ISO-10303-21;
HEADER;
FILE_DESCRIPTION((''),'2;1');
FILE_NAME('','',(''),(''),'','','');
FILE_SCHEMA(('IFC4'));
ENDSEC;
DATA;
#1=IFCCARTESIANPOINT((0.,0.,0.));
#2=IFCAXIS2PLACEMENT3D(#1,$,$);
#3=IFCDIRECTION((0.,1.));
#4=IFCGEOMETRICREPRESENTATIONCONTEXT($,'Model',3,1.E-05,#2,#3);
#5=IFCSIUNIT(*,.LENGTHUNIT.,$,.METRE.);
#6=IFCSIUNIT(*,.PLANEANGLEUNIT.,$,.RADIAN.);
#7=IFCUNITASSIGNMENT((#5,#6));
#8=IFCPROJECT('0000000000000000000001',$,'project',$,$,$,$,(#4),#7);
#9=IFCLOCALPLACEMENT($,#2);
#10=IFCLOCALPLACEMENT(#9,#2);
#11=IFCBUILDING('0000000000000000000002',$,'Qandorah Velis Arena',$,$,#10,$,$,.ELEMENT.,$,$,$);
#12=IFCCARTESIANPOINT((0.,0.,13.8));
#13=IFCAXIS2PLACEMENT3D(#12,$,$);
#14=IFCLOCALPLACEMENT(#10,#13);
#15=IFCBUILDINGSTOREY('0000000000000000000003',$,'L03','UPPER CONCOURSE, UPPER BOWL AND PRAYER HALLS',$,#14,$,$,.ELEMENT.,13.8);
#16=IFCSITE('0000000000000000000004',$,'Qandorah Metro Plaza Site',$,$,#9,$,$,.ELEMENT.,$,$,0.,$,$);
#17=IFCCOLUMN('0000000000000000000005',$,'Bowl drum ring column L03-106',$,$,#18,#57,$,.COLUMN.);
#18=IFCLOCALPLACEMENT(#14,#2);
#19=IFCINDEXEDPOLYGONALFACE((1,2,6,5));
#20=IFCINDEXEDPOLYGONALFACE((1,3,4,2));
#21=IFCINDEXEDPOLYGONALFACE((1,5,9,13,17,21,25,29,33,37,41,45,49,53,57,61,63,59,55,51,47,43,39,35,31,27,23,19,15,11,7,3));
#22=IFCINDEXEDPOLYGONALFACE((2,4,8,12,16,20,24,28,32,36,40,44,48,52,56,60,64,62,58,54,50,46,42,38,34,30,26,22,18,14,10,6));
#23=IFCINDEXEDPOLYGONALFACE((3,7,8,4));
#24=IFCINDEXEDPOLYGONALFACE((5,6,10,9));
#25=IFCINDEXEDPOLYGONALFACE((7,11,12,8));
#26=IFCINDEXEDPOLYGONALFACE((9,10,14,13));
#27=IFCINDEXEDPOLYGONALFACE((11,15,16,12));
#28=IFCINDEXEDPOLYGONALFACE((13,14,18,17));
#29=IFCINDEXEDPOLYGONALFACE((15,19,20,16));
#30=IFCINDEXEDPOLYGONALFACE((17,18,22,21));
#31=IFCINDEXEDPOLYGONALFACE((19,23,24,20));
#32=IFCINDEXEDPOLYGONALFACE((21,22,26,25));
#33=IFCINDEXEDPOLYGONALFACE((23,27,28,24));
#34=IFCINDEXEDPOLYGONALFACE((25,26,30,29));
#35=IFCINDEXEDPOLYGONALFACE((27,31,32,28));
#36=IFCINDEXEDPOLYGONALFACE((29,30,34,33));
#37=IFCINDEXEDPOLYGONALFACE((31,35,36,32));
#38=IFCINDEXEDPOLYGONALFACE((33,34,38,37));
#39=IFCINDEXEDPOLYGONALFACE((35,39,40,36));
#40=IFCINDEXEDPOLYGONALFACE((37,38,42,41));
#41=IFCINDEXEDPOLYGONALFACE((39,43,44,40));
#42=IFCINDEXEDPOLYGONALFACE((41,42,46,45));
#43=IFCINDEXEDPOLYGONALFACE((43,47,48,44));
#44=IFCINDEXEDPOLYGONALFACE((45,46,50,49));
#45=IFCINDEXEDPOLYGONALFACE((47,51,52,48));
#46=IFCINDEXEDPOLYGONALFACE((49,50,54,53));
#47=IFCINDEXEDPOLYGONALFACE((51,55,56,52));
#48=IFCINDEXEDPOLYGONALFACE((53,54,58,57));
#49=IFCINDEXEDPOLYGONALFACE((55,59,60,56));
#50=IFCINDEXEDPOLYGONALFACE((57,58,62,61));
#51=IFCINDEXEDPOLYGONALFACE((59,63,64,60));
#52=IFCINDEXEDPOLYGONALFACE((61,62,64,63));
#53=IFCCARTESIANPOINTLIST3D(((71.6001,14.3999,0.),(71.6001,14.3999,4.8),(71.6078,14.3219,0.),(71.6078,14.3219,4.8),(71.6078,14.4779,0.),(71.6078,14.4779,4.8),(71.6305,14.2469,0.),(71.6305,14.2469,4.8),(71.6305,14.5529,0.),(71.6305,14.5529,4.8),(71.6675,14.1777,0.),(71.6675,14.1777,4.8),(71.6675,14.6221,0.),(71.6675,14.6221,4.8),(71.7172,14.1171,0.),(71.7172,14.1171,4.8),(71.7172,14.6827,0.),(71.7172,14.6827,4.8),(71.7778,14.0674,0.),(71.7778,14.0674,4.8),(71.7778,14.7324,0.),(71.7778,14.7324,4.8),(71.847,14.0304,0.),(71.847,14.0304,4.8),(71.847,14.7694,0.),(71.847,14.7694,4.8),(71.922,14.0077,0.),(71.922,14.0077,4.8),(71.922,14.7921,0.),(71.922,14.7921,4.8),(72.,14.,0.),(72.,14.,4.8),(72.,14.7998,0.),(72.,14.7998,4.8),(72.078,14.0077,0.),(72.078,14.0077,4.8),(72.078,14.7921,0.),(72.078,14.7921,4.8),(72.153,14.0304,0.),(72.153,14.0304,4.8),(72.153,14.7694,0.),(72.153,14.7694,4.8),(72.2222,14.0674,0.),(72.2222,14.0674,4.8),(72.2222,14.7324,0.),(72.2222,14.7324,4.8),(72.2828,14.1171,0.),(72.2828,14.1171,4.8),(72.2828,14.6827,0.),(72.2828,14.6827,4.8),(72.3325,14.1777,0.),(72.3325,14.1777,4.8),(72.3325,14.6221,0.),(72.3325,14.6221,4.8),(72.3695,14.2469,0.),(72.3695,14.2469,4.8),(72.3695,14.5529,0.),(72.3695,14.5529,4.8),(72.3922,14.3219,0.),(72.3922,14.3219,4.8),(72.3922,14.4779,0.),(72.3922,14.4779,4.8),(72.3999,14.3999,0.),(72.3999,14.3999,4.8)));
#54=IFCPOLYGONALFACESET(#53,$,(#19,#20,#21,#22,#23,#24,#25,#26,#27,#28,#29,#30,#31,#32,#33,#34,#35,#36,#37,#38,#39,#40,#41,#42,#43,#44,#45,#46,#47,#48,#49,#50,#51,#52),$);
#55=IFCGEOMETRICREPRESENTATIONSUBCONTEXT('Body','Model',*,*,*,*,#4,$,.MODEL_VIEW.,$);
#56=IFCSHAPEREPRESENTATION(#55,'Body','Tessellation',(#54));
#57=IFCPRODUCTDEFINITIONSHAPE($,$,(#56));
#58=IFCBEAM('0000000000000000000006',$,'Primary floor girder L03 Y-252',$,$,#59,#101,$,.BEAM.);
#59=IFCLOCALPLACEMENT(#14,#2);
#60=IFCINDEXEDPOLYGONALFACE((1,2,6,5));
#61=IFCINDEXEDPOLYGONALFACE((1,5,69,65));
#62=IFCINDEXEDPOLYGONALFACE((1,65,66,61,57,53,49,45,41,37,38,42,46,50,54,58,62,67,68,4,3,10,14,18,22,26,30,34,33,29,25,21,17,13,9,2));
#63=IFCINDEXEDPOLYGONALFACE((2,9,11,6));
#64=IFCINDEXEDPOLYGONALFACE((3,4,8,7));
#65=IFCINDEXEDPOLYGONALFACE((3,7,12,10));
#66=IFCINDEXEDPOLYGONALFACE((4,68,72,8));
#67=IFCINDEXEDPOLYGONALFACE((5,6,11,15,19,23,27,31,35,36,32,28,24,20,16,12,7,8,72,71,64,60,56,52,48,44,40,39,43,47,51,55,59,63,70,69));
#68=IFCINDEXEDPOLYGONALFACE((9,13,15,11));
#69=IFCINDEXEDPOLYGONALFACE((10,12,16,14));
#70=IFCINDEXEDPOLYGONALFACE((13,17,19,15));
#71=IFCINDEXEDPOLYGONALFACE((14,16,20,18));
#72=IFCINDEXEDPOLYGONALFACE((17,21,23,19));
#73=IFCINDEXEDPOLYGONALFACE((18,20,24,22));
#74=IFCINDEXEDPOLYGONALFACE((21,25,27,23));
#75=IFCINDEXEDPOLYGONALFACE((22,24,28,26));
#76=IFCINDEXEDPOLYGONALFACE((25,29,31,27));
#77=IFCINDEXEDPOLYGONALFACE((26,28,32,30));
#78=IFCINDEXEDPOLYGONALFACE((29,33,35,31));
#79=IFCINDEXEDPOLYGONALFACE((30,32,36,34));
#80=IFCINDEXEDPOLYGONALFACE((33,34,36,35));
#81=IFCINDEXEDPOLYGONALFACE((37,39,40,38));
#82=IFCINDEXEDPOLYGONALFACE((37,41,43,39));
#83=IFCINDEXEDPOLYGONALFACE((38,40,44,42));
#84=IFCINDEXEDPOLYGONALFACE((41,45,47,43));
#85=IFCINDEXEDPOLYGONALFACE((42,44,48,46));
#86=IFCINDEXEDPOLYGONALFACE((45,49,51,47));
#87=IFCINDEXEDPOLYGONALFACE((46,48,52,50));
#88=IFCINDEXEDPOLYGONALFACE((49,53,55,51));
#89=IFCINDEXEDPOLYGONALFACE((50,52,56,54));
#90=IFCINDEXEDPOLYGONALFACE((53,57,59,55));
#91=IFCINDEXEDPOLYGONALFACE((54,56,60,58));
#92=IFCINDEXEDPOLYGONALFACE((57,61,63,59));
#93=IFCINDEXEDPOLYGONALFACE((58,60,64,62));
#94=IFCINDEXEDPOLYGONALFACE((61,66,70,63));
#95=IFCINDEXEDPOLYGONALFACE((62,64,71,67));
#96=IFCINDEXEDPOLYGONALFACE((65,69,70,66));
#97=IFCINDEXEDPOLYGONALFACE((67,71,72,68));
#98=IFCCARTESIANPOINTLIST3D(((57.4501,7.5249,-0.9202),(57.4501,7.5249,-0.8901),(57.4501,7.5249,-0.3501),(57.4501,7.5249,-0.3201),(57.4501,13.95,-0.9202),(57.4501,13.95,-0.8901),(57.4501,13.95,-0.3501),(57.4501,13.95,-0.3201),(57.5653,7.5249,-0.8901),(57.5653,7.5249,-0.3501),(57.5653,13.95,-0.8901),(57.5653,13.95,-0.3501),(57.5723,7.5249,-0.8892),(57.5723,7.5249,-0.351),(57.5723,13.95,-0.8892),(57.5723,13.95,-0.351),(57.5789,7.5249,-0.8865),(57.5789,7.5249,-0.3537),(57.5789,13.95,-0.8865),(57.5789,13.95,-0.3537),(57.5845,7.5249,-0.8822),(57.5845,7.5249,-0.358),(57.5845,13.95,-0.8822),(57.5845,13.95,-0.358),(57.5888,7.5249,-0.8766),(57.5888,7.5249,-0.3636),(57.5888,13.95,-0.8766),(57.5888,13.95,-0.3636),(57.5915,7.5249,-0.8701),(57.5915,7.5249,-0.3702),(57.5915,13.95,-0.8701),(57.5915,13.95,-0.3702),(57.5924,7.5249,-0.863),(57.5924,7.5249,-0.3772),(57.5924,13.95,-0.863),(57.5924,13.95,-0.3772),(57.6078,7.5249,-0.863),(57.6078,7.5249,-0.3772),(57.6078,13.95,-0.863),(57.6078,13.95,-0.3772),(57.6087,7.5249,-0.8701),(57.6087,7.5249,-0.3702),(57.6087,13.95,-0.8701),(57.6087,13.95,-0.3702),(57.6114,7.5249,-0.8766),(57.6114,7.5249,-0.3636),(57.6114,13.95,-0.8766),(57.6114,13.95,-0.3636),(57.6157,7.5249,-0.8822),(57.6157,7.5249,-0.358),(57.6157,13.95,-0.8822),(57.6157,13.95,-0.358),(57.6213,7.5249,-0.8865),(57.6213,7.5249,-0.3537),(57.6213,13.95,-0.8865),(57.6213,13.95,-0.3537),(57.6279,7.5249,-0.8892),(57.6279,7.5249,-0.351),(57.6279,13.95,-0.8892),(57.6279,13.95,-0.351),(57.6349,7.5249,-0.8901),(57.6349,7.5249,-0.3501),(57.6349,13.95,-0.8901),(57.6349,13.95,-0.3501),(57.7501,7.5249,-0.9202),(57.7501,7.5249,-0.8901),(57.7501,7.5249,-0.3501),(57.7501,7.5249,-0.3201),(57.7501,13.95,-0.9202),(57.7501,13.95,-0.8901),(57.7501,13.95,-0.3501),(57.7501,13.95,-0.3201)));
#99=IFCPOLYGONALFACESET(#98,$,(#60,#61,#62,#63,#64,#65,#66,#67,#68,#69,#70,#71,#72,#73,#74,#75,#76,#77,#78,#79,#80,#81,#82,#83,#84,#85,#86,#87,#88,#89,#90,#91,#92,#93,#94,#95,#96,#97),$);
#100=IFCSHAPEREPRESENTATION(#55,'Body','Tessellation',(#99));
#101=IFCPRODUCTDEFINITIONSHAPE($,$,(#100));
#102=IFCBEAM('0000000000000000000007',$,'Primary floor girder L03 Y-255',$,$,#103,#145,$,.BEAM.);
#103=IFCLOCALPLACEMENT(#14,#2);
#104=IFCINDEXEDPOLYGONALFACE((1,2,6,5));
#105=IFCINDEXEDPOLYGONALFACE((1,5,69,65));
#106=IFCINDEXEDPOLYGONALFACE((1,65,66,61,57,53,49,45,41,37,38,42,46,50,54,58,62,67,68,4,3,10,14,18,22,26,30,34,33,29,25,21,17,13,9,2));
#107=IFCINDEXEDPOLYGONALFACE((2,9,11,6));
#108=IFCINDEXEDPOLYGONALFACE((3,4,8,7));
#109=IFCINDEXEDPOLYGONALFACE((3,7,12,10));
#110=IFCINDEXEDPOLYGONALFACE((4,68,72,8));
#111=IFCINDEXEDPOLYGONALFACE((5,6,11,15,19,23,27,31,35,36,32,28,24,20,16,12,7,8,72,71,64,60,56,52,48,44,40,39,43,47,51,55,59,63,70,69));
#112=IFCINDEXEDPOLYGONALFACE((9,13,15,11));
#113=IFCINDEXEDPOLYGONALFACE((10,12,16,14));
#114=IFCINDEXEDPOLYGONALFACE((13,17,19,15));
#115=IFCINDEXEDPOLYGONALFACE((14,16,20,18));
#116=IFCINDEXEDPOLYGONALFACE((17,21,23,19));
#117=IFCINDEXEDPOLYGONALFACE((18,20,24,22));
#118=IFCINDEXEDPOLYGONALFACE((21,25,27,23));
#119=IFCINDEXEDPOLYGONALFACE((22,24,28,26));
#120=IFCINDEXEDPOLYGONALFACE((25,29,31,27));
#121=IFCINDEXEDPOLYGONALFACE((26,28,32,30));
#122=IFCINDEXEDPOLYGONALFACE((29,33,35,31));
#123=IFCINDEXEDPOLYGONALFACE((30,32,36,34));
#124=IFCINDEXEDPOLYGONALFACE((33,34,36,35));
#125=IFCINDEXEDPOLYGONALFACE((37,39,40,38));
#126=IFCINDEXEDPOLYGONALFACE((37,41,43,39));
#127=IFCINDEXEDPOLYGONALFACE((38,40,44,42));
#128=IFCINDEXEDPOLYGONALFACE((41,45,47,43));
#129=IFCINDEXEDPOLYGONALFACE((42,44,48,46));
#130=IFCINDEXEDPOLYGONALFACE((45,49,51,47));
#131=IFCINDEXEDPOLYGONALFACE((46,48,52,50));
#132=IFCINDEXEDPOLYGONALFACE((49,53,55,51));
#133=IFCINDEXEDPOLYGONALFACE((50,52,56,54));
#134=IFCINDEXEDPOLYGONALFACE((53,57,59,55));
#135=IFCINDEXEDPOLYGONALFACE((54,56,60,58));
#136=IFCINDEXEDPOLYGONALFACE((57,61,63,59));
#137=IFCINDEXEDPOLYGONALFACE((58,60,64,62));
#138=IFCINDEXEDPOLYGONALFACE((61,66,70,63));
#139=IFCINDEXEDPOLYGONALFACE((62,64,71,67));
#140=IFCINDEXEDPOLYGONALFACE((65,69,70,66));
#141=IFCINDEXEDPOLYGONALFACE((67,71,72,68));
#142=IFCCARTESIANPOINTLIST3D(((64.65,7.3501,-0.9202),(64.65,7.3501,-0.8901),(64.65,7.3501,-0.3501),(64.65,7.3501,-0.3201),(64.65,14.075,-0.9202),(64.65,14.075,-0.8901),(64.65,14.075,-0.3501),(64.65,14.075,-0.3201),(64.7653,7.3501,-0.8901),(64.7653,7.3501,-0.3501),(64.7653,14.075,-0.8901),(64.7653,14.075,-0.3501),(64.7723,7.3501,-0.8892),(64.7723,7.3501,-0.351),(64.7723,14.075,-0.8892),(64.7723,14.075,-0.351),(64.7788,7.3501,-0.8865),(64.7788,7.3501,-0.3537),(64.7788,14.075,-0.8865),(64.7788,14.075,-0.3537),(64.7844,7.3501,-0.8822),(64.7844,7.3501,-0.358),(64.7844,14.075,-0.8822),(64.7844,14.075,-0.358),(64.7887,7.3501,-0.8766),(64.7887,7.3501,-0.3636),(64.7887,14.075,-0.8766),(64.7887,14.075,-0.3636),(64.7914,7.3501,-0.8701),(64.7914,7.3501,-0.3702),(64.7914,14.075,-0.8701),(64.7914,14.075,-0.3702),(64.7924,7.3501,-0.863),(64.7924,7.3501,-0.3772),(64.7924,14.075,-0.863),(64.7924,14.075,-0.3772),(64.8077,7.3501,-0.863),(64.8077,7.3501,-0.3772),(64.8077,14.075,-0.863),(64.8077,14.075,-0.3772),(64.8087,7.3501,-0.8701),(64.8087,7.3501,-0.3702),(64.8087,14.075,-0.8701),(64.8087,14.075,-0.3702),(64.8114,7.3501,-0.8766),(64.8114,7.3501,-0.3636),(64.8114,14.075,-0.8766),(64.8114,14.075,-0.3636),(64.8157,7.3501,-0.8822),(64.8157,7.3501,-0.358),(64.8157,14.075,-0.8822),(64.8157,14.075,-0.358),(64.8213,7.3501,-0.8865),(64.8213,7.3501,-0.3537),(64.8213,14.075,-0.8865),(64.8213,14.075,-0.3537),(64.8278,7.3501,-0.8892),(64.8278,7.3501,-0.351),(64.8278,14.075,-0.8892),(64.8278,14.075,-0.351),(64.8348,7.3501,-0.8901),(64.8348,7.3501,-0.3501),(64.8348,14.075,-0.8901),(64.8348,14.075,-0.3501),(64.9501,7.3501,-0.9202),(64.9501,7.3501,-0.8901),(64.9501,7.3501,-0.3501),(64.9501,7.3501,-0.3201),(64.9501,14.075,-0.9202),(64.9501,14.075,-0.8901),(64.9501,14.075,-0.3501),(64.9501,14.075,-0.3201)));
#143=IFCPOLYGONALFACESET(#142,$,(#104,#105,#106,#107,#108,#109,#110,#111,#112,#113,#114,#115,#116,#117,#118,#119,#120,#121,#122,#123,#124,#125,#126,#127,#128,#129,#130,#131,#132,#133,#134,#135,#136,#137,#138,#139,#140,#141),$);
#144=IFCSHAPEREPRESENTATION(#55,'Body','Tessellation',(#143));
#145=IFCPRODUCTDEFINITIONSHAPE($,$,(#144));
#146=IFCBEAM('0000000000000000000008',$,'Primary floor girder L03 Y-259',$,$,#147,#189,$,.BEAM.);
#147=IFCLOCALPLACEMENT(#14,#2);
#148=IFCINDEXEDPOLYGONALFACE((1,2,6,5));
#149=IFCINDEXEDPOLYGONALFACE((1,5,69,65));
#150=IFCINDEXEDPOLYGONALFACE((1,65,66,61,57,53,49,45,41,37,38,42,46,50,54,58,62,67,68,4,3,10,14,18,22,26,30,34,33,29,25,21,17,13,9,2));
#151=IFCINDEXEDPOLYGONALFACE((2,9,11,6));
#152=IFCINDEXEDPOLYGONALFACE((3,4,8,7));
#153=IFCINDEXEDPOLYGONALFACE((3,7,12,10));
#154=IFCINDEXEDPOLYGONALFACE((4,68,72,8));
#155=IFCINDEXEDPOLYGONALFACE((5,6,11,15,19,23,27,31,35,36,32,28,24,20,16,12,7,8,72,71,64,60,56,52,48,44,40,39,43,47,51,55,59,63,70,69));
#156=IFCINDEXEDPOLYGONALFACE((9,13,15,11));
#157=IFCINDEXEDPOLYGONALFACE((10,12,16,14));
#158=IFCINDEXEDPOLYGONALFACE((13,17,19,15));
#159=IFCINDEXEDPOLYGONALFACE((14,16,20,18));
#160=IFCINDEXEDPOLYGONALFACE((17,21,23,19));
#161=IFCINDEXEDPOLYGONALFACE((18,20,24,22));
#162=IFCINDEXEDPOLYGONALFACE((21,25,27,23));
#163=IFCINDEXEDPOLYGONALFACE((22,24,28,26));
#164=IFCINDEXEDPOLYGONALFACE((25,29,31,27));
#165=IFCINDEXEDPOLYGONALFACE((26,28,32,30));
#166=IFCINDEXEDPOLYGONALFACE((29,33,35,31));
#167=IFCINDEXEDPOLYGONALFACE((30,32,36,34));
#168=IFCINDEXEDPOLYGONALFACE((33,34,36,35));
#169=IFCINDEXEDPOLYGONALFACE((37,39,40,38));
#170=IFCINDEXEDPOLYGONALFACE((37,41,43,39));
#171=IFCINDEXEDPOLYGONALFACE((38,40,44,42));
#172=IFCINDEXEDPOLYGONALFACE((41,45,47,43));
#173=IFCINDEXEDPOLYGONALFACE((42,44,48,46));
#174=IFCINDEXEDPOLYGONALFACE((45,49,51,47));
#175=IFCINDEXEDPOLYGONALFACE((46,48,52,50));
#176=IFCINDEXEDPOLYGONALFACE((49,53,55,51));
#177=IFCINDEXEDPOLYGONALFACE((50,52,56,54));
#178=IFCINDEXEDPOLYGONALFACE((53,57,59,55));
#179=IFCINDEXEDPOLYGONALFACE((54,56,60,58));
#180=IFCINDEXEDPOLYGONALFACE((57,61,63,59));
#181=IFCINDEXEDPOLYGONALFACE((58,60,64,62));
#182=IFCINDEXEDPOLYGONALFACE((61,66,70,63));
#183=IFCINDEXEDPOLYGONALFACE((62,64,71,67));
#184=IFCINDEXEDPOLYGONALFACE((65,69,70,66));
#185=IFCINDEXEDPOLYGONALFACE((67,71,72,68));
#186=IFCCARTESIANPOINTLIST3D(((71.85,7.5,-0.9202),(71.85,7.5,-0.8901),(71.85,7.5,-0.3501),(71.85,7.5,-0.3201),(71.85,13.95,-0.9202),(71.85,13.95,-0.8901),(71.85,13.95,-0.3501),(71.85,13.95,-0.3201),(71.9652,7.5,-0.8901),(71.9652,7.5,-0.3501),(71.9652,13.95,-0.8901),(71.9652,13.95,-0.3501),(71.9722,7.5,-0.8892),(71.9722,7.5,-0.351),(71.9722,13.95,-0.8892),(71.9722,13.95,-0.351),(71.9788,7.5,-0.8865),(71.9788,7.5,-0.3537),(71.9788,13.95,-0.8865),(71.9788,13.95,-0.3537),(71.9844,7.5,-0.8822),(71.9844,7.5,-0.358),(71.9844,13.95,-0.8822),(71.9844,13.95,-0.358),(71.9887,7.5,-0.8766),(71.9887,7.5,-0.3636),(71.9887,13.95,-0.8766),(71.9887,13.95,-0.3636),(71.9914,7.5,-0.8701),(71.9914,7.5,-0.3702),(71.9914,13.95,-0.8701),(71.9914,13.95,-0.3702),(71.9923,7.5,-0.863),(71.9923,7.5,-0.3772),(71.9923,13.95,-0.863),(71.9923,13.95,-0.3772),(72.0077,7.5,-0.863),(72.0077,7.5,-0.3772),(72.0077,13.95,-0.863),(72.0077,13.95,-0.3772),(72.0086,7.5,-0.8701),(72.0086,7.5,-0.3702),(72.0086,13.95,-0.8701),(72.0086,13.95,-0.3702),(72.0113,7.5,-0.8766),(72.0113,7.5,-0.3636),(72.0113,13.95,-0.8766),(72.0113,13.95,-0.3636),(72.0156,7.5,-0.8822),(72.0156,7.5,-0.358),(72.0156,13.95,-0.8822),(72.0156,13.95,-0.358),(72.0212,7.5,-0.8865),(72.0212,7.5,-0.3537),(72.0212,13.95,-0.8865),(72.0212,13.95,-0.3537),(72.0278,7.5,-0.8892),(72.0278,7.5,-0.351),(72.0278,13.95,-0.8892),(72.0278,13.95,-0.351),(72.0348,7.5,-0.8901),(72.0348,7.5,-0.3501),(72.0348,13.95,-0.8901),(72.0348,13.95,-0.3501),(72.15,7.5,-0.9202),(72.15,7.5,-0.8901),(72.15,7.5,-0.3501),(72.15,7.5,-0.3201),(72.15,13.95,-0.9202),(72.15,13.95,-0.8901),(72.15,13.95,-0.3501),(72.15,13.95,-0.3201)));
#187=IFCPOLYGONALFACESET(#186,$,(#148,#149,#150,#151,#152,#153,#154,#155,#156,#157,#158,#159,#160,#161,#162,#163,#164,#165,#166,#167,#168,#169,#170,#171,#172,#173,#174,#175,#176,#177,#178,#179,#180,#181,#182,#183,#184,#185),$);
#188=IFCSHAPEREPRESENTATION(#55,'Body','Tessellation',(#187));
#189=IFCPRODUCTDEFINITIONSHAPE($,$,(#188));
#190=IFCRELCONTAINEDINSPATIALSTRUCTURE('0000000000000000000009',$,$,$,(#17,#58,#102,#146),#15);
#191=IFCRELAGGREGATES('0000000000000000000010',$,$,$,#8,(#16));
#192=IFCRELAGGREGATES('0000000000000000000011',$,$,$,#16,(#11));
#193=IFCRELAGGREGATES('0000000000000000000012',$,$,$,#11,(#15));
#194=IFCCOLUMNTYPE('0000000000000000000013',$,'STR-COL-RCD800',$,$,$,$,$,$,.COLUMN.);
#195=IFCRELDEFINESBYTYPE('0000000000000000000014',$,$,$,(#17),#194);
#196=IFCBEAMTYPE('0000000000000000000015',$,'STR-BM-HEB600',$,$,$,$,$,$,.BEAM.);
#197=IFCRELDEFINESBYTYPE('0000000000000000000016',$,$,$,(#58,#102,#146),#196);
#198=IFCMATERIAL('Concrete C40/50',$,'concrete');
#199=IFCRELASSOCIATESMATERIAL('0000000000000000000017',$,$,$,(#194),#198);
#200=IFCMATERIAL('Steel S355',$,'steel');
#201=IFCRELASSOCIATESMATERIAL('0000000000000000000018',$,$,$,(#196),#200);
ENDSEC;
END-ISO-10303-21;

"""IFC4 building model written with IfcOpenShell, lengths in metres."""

from ifc_helpers import new_model, si_unit, direction, frame, origin, origin_2d, place, context, subcontext, project, spatial, circle, i_section, extrude, material, material_profile, profile_set, type_object, element, save


model = new_model("IFC4")

# Units and contexts
model_context = context("Model", 3, precision=1e-05, world=origin(), true_north=direction((0.0, 1.0)))
body_context = subcontext(model_context, "Body", "Model", "MODEL_VIEW")
ifc_project = project(units=[si_unit("LENGTHUNIT", "METRE"), si_unit("PLANEANGLEUNIT", "RADIAN")], contexts=[model_context])

# Site, building, storey
site_placement = place(None, origin())
site = spatial("IfcSite", under=ifc_project, at=site_placement, Name="Qandorah Metro Plaza Site", CompositionType="ELEMENT", RefElevation=0.0)
building_placement = place(site_placement, origin())
building = spatial("IfcBuilding", under=site, at=building_placement, Name="Qandorah Velis Arena", CompositionType="ELEMENT")
storey_placement = place(building_placement, frame((0.0, 0.0, 13.8)))
storey = spatial("IfcBuildingStorey", under=building, at=storey_placement, Name="L03", Description="UPPER CONCOURSE, UPPER BOWL AND PRAYER HALLS", CompositionType="ELEMENT", Elevation=13.8)

# Column
ifc_material_1 = material(Name="Concrete C40/50", Category="concrete")
ifc_material_profile_1 = material_profile(ifc_material_1, circle(Radius=0.3999, at=origin_2d()), Name="RC D800")
ifc_profile_set_1 = profile_set([ifc_material_profile_1], Name="Concrete C40/50")
column_type_1 = type_object("IfcColumnType", Name="STR-COL-RCD800", PredefinedType="COLUMN", material=ifc_profile_set_1)
for number, where, z_axis, x_axis, name in (
    (1, (72.0, 14.3999, 0.0), (0.0, 0.0, 1.0), (1.0, 0.0, 0.0), "Bowl drum ring column L03-106"),
):
    element("IfcColumn", number, at=place(storey_placement, frame(where, z_axis=z_axis, x_axis=x_axis)), inside=storey, type_object=column_type_1, Name=name, PredefinedType="COLUMN", context=body_context, shape_type="SweptSolid", body=[
        extrude(circle(Radius=0.3999, at=origin_2d()), origin(), (0.0, 0.0, 1.0), 4.8),
    ])

# Beams
ifc_material_2 = material(Name="Steel S355", Category="steel")
ifc_material_profile_2 = material_profile(ifc_material_2, i_section(OverallWidth=0.3, OverallDepth=0.6001, WebThickness=0.0154, FlangeThickness=0.03, FilletRadius=0.0271, at=origin_2d()), Name="HEB 600")
ifc_profile_set_2 = profile_set([ifc_material_profile_2], Name="Steel S355")
beam_type_1 = type_object("IfcBeamType", Name="STR-BM-HEB600", PredefinedType="BEAM", material=ifc_profile_set_2)
beam_1_placement = place(storey_placement, frame((57.6001, 7.5249, -0.6201), z_axis=(0.0, 1.0, 0.0), x_axis=(-1.0, 0.0, 0.0)))
element("IfcBeam", 2, at=beam_1_placement, inside=storey, type_object=beam_type_1, Name="Primary floor girder L03 Y-252", PredefinedType="BEAM", context=body_context, shape_type="SweptSolid", body=[
    extrude(i_section(OverallWidth=0.3, OverallDepth=0.6001, WebThickness=0.0154, FlangeThickness=0.03, FilletRadius=0.0271, at=origin_2d()), origin(), (0.0, 0.0, 1.0), 6.425),
])
beam_2_placement = place(storey_placement, frame((64.8, 7.3501, -0.6201), z_axis=(0.0, 1.0, 0.0), x_axis=(-1.0, 0.0, 0.0)))
element("IfcBeam", 3, at=beam_2_placement, inside=storey, type_object=beam_type_1, Name="Primary floor girder L03 Y-255", PredefinedType="BEAM", context=body_context, shape_type="SweptSolid", body=[
    extrude(i_section(OverallWidth=0.3, OverallDepth=0.6001, WebThickness=0.0154, FlangeThickness=0.03, FilletRadius=0.0271, at=origin_2d()), origin(), (0.0, 0.0, 1.0), 6.7249),
])
beam_3_placement = place(storey_placement, frame((72.0, 7.5, -0.6201), z_axis=(0.0, 1.0, 0.0), x_axis=(-1.0, 0.0, 0.0)))
element("IfcBeam", 4, at=beam_3_placement, inside=storey, type_object=beam_type_1, Name="Primary floor girder L03 Y-259", PredefinedType="BEAM", context=body_context, shape_type="SweptSolid", body=[
    extrude(i_section(OverallWidth=0.3, OverallDepth=0.6001, WebThickness=0.0154, FlangeThickness=0.03, FilletRadius=0.0271, at=origin_2d()), origin(), (0.0, 0.0, 1.0), 6.45),
])

save(model, "model.ifc")
